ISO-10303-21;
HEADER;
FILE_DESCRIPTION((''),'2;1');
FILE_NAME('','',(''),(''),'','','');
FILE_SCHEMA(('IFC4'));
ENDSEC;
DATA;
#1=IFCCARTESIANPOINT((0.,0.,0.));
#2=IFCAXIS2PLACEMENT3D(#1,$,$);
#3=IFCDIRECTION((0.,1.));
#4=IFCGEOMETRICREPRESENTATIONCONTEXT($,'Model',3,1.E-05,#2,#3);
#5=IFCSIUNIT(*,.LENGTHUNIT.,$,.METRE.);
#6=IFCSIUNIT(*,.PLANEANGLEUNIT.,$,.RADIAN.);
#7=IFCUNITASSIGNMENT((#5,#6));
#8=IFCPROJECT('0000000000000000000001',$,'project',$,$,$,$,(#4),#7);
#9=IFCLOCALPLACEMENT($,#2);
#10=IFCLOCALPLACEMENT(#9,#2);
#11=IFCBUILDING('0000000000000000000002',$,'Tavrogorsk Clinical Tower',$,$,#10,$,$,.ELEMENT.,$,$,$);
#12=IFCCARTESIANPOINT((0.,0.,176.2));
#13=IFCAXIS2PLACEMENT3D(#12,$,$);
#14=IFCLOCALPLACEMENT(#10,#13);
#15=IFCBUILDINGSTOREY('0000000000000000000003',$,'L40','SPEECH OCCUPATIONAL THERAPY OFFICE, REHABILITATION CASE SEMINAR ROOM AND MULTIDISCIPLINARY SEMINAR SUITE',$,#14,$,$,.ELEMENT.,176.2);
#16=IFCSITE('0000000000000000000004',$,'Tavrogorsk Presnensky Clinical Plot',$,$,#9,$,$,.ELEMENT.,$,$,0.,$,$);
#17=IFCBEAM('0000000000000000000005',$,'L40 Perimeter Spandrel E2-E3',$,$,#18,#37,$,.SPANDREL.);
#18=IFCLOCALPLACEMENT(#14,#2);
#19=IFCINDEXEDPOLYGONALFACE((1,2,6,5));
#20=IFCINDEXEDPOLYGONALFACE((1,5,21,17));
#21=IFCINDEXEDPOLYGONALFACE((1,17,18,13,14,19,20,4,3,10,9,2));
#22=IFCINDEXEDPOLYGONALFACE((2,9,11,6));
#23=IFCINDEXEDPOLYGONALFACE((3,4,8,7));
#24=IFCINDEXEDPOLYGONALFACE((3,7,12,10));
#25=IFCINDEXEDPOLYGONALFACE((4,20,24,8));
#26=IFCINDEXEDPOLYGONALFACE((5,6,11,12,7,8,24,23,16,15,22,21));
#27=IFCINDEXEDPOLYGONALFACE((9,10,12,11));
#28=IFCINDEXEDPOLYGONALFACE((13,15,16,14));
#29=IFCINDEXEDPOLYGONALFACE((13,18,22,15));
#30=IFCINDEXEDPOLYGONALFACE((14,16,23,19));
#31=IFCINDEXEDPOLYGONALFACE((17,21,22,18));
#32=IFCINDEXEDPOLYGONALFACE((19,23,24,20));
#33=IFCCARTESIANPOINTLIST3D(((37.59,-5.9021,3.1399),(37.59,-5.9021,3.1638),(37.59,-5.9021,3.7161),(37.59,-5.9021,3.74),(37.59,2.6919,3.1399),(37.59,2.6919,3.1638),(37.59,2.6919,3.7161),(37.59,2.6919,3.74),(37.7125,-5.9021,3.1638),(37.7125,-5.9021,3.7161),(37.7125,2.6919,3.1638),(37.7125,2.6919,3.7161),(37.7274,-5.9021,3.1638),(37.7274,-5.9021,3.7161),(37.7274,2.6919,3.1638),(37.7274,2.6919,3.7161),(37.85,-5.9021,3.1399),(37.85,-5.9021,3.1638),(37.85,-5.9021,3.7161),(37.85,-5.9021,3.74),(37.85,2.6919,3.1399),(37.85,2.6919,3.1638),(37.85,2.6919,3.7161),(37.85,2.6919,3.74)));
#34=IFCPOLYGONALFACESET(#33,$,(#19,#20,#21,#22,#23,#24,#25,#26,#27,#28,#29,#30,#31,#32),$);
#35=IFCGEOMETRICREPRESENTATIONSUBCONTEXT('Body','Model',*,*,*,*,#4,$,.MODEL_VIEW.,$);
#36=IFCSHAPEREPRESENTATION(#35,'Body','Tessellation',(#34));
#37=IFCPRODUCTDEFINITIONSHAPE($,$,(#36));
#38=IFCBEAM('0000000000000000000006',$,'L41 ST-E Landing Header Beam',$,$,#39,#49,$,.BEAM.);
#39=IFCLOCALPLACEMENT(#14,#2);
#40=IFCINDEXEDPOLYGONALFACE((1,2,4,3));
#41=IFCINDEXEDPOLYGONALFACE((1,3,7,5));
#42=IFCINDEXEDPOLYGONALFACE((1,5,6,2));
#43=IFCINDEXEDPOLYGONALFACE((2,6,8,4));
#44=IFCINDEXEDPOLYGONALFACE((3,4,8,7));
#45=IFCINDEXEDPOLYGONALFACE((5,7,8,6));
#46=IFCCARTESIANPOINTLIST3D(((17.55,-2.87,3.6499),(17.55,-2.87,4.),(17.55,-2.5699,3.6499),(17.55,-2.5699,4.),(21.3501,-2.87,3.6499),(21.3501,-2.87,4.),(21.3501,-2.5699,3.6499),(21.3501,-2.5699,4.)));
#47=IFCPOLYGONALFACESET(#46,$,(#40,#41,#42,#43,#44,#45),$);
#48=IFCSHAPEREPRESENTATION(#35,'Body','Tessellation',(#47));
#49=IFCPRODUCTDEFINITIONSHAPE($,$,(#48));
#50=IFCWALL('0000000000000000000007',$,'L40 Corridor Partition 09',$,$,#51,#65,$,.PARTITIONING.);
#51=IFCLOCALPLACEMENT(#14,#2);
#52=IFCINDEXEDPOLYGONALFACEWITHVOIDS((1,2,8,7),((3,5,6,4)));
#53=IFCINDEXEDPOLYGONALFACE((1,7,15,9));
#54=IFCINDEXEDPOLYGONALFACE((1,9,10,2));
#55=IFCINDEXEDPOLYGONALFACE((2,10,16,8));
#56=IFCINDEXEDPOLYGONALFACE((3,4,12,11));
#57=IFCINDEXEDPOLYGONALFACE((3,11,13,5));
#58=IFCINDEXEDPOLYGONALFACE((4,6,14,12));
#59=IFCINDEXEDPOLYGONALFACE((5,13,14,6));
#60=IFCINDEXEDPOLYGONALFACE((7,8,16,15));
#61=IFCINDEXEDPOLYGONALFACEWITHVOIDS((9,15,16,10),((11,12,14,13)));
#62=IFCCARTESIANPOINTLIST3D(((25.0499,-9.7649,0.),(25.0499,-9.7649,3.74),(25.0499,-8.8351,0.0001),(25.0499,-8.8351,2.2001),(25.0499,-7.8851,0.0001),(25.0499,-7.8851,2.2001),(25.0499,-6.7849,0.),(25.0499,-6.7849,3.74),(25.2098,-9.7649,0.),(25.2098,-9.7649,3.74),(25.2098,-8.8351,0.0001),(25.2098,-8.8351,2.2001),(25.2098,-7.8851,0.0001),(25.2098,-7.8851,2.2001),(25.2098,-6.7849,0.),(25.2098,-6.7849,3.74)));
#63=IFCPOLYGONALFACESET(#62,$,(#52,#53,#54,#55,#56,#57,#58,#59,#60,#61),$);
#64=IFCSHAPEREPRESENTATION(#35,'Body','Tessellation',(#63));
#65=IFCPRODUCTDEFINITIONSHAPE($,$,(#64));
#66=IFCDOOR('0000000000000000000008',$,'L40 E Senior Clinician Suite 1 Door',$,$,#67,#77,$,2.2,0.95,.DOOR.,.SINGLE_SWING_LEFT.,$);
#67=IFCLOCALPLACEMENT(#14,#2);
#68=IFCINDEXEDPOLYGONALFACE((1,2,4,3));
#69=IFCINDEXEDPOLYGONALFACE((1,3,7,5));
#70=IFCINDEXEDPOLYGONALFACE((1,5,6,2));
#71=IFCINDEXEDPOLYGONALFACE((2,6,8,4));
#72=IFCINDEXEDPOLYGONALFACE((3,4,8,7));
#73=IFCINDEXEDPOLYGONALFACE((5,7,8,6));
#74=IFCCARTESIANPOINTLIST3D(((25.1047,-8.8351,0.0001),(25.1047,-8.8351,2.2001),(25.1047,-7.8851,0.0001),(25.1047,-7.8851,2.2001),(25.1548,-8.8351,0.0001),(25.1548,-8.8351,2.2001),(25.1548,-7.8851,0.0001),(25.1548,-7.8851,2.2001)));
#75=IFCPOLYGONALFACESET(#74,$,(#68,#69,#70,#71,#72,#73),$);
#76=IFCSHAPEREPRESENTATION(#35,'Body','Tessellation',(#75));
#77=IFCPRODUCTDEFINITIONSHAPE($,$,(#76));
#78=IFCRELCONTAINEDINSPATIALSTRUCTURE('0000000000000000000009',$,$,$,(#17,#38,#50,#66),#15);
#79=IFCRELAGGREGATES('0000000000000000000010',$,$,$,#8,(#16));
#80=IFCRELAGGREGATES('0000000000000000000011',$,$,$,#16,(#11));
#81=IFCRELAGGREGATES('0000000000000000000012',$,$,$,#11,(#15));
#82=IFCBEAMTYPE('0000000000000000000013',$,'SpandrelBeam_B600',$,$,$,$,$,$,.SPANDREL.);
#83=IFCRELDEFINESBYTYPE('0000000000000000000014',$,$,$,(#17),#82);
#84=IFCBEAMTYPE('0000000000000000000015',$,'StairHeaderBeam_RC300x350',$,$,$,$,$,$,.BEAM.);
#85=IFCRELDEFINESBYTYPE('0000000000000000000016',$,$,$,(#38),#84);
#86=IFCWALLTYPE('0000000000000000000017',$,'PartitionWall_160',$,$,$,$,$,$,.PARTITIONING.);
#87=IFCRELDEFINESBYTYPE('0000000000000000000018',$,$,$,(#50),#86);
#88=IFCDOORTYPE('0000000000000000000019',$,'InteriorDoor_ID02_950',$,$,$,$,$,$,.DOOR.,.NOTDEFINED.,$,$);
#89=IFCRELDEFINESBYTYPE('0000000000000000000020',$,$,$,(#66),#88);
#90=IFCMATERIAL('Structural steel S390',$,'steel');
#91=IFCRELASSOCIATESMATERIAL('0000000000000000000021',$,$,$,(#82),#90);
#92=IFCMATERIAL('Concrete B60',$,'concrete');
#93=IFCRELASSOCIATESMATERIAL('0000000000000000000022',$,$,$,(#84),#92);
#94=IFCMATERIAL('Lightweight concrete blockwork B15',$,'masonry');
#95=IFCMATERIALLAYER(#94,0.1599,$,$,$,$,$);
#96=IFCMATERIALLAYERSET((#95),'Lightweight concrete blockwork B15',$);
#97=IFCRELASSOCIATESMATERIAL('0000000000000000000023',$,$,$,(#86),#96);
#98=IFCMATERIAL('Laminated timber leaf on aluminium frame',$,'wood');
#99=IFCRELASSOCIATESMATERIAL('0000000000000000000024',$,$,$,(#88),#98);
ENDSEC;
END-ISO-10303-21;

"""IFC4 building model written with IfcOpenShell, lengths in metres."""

from ifc_helpers import new_model, si_unit, direction, frame, frame_2d, origin, origin_2d, place, context, subcontext, project, spatial, rectangle, i_section, extrude, material, layer, layer_set, material_profile, profile_set, type_object, element, fill, save


model = new_model("IFC4")

# Units and contexts
model_context = context("Model", 3, precision=1e-05, world=origin(), true_north=direction((0.0, 1.0)))
body_context = subcontext(model_context, "Body", "Model", "MODEL_VIEW")
ifc_project = project(units=[si_unit("LENGTHUNIT", "METRE"), si_unit("PLANEANGLEUNIT", "RADIAN")], contexts=[model_context])

# Site, building, storey
site_placement = place(None, origin())
site = spatial("IfcSite", under=ifc_project, at=site_placement, Name="Tavrogorsk Presnensky Clinical Plot", CompositionType="ELEMENT", RefElevation=0.0)
building_placement = place(site_placement, origin())
building = spatial("IfcBuilding", under=site, at=building_placement, Name="Tavrogorsk Clinical Tower", CompositionType="ELEMENT")
storey_placement = place(building_placement, frame((0.0, 0.0, 176.2)))
storey = spatial("IfcBuildingStorey", under=building, at=storey_placement, Name="L40", Description="SPEECH OCCUPATIONAL THERAPY OFFICE, REHABILITATION CASE SEMINAR ROOM AND MULTIDISCIPLINARY SEMINAR SUITE", CompositionType="ELEMENT", Elevation=176.2)

# Beams
ifc_material_1 = material(Name="Structural steel S390", Category="steel")
ifc_material_profile_1 = material_profile(ifc_material_1, i_section(OverallWidth=0.26, OverallDepth=0.6001, WebThickness=0.0149, FlangeThickness=0.0239, at=origin_2d()), Name="B-600x260x15x24")
ifc_profile_set_1 = profile_set([ifc_material_profile_1], Name="Structural steel S390")
beam_type_1 = type_object("IfcBeamType", Name="SpandrelBeam_B600", PredefinedType="SPANDREL", material=ifc_profile_set_1)
beam_1_placement = place(storey_placement, frame((37.72, -5.9021, 3.4399), z_axis=(0.0, 1.0, 0.0), x_axis=(-1.0, 0.0, 0.0)))
element("IfcBeam", 1, at=beam_1_placement, inside=storey, type_object=beam_type_1, Name="L40 Perimeter Spandrel E2-E3", PredefinedType="SPANDREL", context=body_context, shape_type="SweptSolid", body=[
    extrude(i_section(OverallWidth=0.26, OverallDepth=0.6001, WebThickness=0.0149, FlangeThickness=0.0239, at=origin_2d()), origin(), (0.0, 0.0, 1.0), 8.594),
])
ifc_material_2 = material(Name="Concrete B60", Category="concrete")
ifc_material_profile_2 = material_profile(ifc_material_2, rectangle(XDim=0.3, YDim=0.3501, at=origin_2d()), Name="RC-SHB-300x350")
ifc_profile_set_2 = profile_set([ifc_material_profile_2], Name="Concrete B60")
beam_type_2 = type_object("IfcBeamType", Name="StairHeaderBeam_RC300x350", PredefinedType="BEAM", material=ifc_profile_set_2)
beam_2_placement = place(storey_placement, frame((17.55, -2.72, 3.825), z_axis=(1.0, 0.0, 0.0), x_axis=(0.0, 1.0, 0.0)))
element("IfcBeam", 2, at=beam_2_placement, inside=storey, type_object=beam_type_2, Name="L41 ST-E Landing Header Beam", PredefinedType="BEAM", context=body_context, shape_type="SweptSolid", body=[
    extrude(rectangle(XDim=0.3, YDim=0.3501, at=origin_2d()), origin(), (0.0, 0.0, 1.0), 3.8),
])

# Wall, opening, door
ifc_material_3 = material(Name="Lightweight concrete blockwork B15", Category="masonry")
ifc_layer_1 = layer(ifc_material_3, 0.1599)
ifc_layer_set_1 = layer_set([ifc_layer_1], Name="Lightweight concrete blockwork B15")
wall_type_1 = type_object("IfcWallType", Name="PartitionWall_160", PredefinedType="PARTITIONING", material=ifc_layer_set_1)
wall_1_placement = place(storey_placement, frame((25.1299, -6.7849, 0.0), z_axis=(0.0, 0.0, 1.0), x_axis=(0.0, -1.0, 0.0)))
wall_1 = element("IfcWall", 3, at=wall_1_placement, inside=storey, type_object=wall_type_1, Name="L40 Corridor Partition 09", PredefinedType="PARTITIONING", context=body_context, shape_type="SweptSolid", body=[
    extrude(rectangle(XDim=2.98, YDim=0.1599, at=frame_2d((1.49, 0.0))), origin(), (0.0, 0.0, 1.0), 3.74),
])
opening_1_placement = place(wall_1_placement, frame((1.1001, 0.0, 0.0)))
opening_1 = element("IfcOpeningElement", 4, at=opening_1_placement, cuts=wall_1, PredefinedType="OPENING", context=body_context, shape_type="SweptSolid", body=[
    extrude(rectangle(XDim=0.95, YDim=2.2, at=frame_2d((0.4751, 1.1001))), frame((0.0, 0.0898, 0.0), z_axis=(0.0, -1.0, 0.0), x_axis=(1.0, 0.0, 0.0)), (0.0, 0.0, 1.0), 0.1799),
])
ifc_material_4 = material(Name="Laminated timber leaf on aluminium frame", Category="wood")
door_type_1 = type_object("IfcDoorType", Name="InteriorDoor_ID02_950", OperationType="NOTDEFINED", PredefinedType="DOOR", material=ifc_material_4)
door_1_placement = place(opening_1_placement, origin())
door_1 = element("IfcDoor", 5, at=door_1_placement, inside=storey, type_object=door_type_1, Name="L40 E Senior Clinician Suite 1 Door", OperationType="SINGLE_SWING_LEFT", OverallHeight=2.2, OverallWidth=0.95, PredefinedType="DOOR", context=body_context, shape_type="SweptSolid", body=[
    extrude(rectangle(XDim=0.95, YDim=2.2, at=frame_2d((0.4751, 1.1001))), frame((0.0, 0.0249, 0.0), z_axis=(0.0, -1.0, 0.0), x_axis=(1.0, 0.0, 0.0)), (0.0, 0.0, 1.0), 0.05),
])
fill(opening_1, door_1)

save(model, "model.ifc")
